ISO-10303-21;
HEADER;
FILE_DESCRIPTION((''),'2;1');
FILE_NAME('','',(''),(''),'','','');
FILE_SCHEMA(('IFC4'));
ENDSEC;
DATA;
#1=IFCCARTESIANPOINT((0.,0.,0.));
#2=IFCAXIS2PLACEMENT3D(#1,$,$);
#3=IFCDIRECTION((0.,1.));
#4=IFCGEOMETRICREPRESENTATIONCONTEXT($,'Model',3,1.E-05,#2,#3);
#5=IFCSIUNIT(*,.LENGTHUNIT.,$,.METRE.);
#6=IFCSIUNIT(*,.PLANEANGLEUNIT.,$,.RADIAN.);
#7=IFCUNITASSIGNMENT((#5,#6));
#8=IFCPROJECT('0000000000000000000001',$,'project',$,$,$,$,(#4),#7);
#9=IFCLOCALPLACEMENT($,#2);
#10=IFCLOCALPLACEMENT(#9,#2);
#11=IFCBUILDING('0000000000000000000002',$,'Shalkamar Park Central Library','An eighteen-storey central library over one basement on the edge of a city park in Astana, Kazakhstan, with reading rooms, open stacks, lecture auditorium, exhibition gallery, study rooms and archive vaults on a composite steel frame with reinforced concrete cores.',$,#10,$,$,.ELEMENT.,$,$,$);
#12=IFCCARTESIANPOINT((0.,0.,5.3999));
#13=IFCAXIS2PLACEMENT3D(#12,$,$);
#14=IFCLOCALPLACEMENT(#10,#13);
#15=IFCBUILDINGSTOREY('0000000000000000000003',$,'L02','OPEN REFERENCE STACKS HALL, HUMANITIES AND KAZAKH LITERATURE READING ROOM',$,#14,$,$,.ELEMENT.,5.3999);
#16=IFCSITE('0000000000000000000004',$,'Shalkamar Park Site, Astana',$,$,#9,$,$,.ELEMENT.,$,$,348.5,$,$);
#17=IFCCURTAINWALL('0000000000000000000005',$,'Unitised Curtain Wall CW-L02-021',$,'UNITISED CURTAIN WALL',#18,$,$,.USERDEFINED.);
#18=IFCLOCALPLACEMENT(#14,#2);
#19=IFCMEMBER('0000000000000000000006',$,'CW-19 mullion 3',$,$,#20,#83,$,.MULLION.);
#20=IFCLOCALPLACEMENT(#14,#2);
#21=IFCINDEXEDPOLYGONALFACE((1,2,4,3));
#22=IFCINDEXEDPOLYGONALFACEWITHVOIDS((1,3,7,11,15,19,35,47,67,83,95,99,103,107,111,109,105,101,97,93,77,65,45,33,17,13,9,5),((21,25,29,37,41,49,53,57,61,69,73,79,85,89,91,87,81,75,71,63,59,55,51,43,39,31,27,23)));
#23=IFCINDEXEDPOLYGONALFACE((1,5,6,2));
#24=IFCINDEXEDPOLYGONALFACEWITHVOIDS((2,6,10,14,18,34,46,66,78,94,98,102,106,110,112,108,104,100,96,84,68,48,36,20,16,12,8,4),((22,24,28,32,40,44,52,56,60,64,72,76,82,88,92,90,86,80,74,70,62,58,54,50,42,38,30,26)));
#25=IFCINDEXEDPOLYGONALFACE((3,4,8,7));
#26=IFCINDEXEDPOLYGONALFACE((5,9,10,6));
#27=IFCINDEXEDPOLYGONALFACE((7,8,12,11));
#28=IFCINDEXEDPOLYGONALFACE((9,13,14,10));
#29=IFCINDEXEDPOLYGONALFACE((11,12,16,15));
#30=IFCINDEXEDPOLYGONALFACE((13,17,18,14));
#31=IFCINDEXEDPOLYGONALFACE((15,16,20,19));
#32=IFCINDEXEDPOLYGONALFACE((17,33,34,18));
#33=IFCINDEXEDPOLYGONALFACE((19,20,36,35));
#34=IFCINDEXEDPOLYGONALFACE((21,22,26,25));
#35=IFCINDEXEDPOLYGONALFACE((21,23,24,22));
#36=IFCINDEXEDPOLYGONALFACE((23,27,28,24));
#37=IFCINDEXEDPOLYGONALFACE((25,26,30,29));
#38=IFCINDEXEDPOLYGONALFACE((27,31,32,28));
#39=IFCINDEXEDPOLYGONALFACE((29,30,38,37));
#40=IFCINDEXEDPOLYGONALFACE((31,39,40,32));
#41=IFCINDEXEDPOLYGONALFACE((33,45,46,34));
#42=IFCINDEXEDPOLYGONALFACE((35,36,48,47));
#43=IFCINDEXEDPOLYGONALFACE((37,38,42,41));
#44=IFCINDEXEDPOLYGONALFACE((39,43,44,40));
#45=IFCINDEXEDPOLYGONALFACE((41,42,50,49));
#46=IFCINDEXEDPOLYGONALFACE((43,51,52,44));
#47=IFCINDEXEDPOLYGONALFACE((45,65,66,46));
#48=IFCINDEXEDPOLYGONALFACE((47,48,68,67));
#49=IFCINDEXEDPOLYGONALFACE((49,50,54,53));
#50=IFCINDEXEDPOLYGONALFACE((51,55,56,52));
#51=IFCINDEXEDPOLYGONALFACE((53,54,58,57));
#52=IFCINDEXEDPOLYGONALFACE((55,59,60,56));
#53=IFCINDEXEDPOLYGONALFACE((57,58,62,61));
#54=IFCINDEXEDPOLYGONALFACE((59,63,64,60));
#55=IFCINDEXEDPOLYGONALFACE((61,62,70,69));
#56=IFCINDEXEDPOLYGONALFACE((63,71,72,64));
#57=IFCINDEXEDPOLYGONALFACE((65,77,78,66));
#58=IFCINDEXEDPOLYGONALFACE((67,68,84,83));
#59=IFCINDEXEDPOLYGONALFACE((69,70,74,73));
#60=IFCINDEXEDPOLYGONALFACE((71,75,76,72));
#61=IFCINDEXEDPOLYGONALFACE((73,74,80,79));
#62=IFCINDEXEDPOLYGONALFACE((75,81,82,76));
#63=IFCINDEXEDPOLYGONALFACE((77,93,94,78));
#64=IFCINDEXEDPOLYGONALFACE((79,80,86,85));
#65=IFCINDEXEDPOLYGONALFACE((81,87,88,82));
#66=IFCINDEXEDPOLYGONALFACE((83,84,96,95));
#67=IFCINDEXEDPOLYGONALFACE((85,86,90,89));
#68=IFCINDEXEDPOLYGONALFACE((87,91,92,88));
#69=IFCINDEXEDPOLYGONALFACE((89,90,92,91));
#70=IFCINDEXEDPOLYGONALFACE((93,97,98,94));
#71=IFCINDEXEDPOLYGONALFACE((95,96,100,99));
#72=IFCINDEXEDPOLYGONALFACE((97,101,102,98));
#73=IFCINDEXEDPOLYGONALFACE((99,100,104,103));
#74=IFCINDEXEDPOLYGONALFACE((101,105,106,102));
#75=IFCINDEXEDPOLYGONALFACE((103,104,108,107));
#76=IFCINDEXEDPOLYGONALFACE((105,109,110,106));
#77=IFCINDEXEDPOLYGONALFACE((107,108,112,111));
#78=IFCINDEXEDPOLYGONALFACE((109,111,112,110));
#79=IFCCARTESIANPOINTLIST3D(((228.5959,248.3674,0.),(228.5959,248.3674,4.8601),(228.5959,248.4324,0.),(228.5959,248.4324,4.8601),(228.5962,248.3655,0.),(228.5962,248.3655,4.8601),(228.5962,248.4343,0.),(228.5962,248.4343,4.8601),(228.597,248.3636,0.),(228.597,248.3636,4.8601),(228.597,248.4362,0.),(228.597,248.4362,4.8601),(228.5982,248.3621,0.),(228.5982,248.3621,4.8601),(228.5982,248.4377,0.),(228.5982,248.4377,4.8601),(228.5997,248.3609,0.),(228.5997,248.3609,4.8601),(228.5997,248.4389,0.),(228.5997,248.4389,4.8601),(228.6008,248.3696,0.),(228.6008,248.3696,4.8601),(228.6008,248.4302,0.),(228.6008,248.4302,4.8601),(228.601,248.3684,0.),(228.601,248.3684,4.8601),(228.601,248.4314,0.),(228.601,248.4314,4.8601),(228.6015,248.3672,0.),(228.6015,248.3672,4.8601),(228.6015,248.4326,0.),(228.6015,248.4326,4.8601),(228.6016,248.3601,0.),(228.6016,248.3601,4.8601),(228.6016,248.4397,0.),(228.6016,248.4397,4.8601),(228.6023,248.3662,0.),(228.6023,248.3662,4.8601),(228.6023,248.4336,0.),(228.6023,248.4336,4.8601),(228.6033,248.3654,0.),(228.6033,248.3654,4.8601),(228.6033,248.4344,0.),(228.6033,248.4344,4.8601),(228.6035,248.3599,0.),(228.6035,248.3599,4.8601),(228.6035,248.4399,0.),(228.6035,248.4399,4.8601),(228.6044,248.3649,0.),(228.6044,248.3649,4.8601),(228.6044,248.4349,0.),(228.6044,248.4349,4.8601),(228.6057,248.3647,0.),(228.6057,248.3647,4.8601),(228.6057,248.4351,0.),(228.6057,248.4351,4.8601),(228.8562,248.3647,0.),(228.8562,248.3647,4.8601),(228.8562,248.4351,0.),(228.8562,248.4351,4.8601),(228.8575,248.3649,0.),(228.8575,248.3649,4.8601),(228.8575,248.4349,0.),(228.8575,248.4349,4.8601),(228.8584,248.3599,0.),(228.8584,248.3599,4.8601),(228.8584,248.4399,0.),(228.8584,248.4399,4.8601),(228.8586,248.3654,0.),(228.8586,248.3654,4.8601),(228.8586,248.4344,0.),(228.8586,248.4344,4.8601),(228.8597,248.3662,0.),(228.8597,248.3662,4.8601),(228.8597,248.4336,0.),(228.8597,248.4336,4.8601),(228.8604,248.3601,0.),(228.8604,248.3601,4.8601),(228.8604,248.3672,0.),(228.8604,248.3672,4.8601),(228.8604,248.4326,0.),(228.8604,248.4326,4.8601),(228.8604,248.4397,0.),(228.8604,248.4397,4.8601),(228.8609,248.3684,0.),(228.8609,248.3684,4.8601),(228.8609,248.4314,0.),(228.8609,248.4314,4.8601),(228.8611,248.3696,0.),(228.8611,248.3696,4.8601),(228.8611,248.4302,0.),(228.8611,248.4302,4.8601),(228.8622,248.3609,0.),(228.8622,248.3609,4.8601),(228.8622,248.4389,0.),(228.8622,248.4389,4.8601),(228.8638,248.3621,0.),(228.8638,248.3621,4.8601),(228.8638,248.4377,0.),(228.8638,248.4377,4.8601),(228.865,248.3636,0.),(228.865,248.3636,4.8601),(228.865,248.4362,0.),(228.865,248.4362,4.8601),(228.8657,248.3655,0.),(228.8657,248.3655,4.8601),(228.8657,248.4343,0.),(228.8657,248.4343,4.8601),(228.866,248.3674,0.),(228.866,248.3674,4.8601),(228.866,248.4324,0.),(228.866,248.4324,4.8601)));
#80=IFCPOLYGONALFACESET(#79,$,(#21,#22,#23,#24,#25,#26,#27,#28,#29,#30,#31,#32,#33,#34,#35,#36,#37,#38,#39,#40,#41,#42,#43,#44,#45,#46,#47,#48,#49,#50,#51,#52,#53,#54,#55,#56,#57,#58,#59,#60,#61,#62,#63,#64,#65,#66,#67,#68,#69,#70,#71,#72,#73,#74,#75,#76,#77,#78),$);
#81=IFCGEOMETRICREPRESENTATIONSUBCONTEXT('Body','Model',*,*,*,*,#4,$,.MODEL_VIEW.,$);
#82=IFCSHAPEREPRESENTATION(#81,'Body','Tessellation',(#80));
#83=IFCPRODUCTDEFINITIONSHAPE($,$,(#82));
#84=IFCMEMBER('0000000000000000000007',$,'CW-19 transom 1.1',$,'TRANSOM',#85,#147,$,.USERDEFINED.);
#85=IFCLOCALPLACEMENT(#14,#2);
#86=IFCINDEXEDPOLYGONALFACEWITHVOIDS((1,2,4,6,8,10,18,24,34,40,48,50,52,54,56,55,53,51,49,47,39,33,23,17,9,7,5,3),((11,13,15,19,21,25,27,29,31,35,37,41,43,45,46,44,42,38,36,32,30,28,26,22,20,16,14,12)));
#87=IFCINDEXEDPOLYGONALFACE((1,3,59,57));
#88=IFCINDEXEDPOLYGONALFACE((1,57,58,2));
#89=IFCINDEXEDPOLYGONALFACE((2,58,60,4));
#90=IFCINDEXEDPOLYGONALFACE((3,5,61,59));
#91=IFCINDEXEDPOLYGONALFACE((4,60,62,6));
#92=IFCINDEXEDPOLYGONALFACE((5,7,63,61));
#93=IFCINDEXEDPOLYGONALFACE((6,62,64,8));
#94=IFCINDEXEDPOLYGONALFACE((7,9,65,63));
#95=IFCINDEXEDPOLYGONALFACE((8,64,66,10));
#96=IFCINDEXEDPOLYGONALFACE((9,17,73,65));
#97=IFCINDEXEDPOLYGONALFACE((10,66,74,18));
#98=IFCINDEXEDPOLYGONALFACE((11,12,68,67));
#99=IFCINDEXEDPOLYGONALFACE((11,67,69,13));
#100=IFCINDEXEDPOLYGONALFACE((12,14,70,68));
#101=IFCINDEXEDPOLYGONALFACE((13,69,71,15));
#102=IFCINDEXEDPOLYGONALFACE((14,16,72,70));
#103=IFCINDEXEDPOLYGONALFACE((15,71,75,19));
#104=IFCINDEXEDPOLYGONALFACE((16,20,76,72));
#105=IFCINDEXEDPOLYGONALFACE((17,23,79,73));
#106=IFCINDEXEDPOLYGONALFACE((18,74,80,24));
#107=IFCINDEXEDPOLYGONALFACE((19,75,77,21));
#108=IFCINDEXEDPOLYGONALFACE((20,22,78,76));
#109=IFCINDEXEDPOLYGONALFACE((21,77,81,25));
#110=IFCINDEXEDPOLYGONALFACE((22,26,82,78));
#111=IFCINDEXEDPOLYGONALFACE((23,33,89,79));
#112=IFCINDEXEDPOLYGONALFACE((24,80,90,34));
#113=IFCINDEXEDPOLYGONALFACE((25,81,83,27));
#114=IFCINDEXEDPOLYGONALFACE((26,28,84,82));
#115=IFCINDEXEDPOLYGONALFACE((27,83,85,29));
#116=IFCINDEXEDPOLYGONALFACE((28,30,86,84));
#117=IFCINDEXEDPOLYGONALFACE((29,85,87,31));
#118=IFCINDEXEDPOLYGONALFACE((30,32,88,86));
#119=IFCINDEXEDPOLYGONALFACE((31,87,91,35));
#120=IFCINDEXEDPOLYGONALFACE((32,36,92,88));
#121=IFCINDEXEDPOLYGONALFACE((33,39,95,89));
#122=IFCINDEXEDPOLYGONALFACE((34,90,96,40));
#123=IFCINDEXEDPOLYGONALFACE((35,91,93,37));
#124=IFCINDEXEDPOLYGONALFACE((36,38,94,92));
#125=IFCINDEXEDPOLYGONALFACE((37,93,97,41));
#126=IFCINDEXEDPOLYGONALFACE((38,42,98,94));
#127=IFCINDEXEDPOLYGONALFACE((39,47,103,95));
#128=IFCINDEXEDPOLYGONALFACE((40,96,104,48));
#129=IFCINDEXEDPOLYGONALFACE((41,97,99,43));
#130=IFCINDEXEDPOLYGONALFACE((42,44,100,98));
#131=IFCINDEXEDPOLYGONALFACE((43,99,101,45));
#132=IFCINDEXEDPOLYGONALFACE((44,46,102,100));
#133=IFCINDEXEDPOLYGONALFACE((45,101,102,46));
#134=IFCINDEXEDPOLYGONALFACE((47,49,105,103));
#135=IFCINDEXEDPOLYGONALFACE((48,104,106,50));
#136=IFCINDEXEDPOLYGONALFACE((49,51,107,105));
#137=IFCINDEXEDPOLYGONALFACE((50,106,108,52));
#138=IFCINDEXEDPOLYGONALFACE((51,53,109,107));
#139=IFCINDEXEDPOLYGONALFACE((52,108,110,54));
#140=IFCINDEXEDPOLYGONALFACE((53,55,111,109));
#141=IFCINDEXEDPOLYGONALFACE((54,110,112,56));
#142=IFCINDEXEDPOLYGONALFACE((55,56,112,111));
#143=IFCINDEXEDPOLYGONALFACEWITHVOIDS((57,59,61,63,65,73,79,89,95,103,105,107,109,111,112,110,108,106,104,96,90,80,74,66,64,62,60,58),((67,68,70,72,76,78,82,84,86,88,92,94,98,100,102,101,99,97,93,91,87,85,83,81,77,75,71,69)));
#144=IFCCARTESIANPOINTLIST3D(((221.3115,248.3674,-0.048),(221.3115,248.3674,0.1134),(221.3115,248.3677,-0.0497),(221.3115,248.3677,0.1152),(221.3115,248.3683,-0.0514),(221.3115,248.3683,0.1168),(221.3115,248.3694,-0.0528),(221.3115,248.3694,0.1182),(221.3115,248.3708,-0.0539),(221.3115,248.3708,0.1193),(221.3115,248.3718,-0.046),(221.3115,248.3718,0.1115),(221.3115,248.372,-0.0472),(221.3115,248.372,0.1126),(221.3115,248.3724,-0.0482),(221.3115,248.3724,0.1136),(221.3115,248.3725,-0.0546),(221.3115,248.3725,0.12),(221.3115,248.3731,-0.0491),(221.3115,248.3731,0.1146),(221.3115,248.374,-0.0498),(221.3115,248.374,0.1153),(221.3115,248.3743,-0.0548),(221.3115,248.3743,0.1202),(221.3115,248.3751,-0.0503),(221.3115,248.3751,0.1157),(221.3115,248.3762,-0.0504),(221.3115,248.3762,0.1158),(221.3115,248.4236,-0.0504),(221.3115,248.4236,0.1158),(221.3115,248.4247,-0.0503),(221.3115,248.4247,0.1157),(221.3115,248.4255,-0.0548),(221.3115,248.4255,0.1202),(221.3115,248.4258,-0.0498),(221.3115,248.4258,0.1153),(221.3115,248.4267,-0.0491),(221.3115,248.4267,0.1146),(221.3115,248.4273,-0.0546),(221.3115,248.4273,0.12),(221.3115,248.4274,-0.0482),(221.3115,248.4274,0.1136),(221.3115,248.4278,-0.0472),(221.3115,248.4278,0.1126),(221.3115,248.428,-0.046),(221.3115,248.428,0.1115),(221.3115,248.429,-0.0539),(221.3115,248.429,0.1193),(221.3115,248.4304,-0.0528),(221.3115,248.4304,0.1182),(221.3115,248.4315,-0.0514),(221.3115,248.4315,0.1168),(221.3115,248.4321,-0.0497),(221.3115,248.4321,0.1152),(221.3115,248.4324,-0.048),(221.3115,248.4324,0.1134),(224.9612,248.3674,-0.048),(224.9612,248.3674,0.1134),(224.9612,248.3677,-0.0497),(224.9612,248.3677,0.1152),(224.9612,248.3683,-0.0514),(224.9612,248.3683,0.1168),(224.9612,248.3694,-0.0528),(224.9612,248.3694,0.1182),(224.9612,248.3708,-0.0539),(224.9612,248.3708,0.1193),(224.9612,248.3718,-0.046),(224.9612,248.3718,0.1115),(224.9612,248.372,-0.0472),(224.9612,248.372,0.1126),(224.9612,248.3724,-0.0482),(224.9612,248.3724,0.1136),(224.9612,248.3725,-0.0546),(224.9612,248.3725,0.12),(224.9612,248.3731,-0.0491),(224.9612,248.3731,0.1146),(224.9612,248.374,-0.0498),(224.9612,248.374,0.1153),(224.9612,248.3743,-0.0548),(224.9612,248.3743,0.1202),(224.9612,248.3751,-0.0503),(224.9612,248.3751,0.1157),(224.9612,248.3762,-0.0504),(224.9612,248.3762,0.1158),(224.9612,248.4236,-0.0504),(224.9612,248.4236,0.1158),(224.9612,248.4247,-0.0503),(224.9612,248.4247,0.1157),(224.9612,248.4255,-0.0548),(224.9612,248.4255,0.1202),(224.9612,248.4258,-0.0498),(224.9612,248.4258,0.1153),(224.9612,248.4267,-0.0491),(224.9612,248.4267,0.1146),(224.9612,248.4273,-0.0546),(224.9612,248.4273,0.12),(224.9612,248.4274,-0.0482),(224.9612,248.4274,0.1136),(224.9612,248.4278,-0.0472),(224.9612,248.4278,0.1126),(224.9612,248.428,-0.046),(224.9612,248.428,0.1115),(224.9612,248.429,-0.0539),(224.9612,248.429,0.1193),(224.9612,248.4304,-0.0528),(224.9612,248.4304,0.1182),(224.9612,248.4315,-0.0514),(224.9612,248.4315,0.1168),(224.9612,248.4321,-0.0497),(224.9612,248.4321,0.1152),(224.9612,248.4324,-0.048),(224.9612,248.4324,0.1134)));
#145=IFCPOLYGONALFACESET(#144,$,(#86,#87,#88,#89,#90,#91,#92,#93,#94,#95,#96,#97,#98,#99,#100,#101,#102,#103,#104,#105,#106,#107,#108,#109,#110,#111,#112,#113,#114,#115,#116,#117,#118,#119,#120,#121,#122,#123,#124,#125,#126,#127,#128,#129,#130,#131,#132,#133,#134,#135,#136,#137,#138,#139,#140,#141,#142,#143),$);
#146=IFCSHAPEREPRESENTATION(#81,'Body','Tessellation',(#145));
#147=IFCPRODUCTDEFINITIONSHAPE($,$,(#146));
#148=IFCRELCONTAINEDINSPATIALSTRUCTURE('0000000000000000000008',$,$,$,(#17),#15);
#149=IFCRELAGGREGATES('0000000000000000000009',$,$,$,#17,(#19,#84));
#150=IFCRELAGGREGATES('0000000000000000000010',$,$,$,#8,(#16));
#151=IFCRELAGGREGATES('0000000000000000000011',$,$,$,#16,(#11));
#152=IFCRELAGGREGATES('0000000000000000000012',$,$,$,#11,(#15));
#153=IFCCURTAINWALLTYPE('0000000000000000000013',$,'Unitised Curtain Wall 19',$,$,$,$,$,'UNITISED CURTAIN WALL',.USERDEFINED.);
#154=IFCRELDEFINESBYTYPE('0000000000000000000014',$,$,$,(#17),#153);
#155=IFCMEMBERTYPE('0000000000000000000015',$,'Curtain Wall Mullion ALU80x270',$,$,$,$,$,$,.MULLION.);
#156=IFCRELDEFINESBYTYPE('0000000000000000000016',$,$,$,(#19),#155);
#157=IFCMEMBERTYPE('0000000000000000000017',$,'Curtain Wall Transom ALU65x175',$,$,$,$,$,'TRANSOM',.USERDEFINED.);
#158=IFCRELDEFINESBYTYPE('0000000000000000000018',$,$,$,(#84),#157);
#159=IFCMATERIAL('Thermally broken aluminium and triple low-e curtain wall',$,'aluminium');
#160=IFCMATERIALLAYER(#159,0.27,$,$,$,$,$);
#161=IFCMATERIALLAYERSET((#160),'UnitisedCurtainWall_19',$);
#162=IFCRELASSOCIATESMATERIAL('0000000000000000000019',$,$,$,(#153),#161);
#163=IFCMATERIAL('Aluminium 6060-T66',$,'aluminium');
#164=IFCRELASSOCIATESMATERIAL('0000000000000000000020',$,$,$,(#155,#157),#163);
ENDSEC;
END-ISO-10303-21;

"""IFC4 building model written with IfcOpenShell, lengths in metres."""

from ifc_helpers import new_model, si_unit, direction, frame, origin, origin_2d, place, context, subcontext, project, spatial, hollow_rectangle, extrude, material, layer, layer_set, material_profile, profile_set, type_object, element, aggregate, save


model = new_model("IFC4")

# Units and contexts
model_context = context("Model", 3, precision=1e-05, world=origin(), true_north=direction((0.0, 1.0)))
body_context = subcontext(model_context, "Body", "Model", "MODEL_VIEW")
ifc_project = project(units=[si_unit("LENGTHUNIT", "METRE"), si_unit("PLANEANGLEUNIT", "RADIAN")], contexts=[model_context])

# Site, building, storey
site_placement = place(None, origin())
site = spatial("IfcSite", under=ifc_project, at=site_placement, Name="Shalkamar Park Site, Astana", CompositionType="ELEMENT", RefElevation=348.5)
building_placement = place(site_placement, origin())
building = spatial("IfcBuilding", under=site, at=building_placement, Name="Shalkamar Park Central Library", Description="An eighteen-storey central library over one basement on the edge of a city park in Astana, Kazakhstan, with reading rooms, open stacks, lecture auditorium, exhibition gallery, study rooms and archive vaults on a composite steel frame with reinforced concrete cores.", CompositionType="ELEMENT")
storey_placement = place(building_placement, frame((0.0, 0.0, 5.3999)))
storey = spatial("IfcBuildingStorey", under=building, at=storey_placement, Name="L02", Description="OPEN REFERENCE STACKS HALL, HUMANITIES AND KAZAKH LITERATURE READING ROOM", CompositionType="ELEMENT", Elevation=5.3999)

# Curtain wall, members
ifc_material_1 = material(Name="Thermally broken aluminium and triple low-e curtain wall", Category="aluminium")
ifc_layer_1 = layer(ifc_material_1, 0.27)
ifc_layer_set_1 = layer_set([ifc_layer_1], Name="UnitisedCurtainWall_19")
curtain_wall_type = type_object("IfcCurtainWallType", Name="Unitised Curtain Wall 19", ElementType="UNITISED CURTAIN WALL", PredefinedType="USERDEFINED", material=ifc_layer_set_1)
curtain_wall_placement = place(storey_placement, origin())
curtain_wall = element("IfcCurtainWall", 1, at=curtain_wall_placement, inside=storey, type_object=curtain_wall_type, Name="Unitised Curtain Wall CW-L02-021", ObjectType="UNITISED CURTAIN WALL", PredefinedType="USERDEFINED")
ifc_material_2 = material(Name="Aluminium 6060-T66", Category="aluminium")
ifc_material_profile_1 = material_profile(ifc_material_2, hollow_rectangle(XDim=0.0801, YDim=0.27, WallThickness=0.0049, InnerFilletRadius=0.0049, OuterFilletRadius=0.0076, at=origin_2d()), Name="ALU 80x270x5")
ifc_profile_set_1 = profile_set([ifc_material_profile_1], Name="Aluminium 6060-T66")
member_type_1 = type_object("IfcMemberType", Name="Curtain Wall Mullion ALU80x270", PredefinedType="MULLION", material=ifc_profile_set_1)
member_1_placement = place(storey_placement, frame((228.731, 248.3999, 0.0), z_axis=(0.0, 0.0, 1.0), x_axis=(0.0, 1.0, 0.0)))
member_1 = element("IfcMember", 2, at=member_1_placement, type_object=member_type_1, Name="CW-19 mullion 3", PredefinedType="MULLION", context=body_context, shape_type="SweptSolid", body=[
    extrude(hollow_rectangle(XDim=0.0801, YDim=0.27, WallThickness=0.0049, InnerFilletRadius=0.0049, OuterFilletRadius=0.0076, at=origin_2d()), origin(), (0.0, 0.0, 1.0), 4.8601),
])
ifc_material_profile_2 = material_profile(ifc_material_2, hollow_rectangle(XDim=0.0649, YDim=0.175, WallThickness=0.0044, InnerFilletRadius=0.0044, OuterFilletRadius=0.0068, at=origin_2d()), Name="ALU 65x175x4.5")
ifc_profile_set_2 = profile_set([ifc_material_profile_2], Name="Aluminium 6060-T66")
member_type_2 = type_object("IfcMemberType", Name="Curtain Wall Transom ALU65x175", ElementType="TRANSOM", PredefinedType="USERDEFINED", material=ifc_profile_set_2)
member_2_placement = place(storey_placement, frame((221.3115, 248.3999, 0.0327), z_axis=(1.0, 0.0, 0.0), x_axis=(0.0, 1.0, 0.0)))
member_2 = element("IfcMember", 3, at=member_2_placement, type_object=member_type_2, Name="CW-19 transom 1.1", ObjectType="TRANSOM", PredefinedType="USERDEFINED", context=body_context, shape_type="SweptSolid", body=[
    extrude(hollow_rectangle(XDim=0.0649, YDim=0.175, WallThickness=0.0044, InnerFilletRadius=0.0044, OuterFilletRadius=0.0068, at=origin_2d()), origin(), (0.0, 0.0, 1.0), 3.6497),
])

aggregate(curtain_wall, [member_1, member_2])

save(model, "model.ifc")
